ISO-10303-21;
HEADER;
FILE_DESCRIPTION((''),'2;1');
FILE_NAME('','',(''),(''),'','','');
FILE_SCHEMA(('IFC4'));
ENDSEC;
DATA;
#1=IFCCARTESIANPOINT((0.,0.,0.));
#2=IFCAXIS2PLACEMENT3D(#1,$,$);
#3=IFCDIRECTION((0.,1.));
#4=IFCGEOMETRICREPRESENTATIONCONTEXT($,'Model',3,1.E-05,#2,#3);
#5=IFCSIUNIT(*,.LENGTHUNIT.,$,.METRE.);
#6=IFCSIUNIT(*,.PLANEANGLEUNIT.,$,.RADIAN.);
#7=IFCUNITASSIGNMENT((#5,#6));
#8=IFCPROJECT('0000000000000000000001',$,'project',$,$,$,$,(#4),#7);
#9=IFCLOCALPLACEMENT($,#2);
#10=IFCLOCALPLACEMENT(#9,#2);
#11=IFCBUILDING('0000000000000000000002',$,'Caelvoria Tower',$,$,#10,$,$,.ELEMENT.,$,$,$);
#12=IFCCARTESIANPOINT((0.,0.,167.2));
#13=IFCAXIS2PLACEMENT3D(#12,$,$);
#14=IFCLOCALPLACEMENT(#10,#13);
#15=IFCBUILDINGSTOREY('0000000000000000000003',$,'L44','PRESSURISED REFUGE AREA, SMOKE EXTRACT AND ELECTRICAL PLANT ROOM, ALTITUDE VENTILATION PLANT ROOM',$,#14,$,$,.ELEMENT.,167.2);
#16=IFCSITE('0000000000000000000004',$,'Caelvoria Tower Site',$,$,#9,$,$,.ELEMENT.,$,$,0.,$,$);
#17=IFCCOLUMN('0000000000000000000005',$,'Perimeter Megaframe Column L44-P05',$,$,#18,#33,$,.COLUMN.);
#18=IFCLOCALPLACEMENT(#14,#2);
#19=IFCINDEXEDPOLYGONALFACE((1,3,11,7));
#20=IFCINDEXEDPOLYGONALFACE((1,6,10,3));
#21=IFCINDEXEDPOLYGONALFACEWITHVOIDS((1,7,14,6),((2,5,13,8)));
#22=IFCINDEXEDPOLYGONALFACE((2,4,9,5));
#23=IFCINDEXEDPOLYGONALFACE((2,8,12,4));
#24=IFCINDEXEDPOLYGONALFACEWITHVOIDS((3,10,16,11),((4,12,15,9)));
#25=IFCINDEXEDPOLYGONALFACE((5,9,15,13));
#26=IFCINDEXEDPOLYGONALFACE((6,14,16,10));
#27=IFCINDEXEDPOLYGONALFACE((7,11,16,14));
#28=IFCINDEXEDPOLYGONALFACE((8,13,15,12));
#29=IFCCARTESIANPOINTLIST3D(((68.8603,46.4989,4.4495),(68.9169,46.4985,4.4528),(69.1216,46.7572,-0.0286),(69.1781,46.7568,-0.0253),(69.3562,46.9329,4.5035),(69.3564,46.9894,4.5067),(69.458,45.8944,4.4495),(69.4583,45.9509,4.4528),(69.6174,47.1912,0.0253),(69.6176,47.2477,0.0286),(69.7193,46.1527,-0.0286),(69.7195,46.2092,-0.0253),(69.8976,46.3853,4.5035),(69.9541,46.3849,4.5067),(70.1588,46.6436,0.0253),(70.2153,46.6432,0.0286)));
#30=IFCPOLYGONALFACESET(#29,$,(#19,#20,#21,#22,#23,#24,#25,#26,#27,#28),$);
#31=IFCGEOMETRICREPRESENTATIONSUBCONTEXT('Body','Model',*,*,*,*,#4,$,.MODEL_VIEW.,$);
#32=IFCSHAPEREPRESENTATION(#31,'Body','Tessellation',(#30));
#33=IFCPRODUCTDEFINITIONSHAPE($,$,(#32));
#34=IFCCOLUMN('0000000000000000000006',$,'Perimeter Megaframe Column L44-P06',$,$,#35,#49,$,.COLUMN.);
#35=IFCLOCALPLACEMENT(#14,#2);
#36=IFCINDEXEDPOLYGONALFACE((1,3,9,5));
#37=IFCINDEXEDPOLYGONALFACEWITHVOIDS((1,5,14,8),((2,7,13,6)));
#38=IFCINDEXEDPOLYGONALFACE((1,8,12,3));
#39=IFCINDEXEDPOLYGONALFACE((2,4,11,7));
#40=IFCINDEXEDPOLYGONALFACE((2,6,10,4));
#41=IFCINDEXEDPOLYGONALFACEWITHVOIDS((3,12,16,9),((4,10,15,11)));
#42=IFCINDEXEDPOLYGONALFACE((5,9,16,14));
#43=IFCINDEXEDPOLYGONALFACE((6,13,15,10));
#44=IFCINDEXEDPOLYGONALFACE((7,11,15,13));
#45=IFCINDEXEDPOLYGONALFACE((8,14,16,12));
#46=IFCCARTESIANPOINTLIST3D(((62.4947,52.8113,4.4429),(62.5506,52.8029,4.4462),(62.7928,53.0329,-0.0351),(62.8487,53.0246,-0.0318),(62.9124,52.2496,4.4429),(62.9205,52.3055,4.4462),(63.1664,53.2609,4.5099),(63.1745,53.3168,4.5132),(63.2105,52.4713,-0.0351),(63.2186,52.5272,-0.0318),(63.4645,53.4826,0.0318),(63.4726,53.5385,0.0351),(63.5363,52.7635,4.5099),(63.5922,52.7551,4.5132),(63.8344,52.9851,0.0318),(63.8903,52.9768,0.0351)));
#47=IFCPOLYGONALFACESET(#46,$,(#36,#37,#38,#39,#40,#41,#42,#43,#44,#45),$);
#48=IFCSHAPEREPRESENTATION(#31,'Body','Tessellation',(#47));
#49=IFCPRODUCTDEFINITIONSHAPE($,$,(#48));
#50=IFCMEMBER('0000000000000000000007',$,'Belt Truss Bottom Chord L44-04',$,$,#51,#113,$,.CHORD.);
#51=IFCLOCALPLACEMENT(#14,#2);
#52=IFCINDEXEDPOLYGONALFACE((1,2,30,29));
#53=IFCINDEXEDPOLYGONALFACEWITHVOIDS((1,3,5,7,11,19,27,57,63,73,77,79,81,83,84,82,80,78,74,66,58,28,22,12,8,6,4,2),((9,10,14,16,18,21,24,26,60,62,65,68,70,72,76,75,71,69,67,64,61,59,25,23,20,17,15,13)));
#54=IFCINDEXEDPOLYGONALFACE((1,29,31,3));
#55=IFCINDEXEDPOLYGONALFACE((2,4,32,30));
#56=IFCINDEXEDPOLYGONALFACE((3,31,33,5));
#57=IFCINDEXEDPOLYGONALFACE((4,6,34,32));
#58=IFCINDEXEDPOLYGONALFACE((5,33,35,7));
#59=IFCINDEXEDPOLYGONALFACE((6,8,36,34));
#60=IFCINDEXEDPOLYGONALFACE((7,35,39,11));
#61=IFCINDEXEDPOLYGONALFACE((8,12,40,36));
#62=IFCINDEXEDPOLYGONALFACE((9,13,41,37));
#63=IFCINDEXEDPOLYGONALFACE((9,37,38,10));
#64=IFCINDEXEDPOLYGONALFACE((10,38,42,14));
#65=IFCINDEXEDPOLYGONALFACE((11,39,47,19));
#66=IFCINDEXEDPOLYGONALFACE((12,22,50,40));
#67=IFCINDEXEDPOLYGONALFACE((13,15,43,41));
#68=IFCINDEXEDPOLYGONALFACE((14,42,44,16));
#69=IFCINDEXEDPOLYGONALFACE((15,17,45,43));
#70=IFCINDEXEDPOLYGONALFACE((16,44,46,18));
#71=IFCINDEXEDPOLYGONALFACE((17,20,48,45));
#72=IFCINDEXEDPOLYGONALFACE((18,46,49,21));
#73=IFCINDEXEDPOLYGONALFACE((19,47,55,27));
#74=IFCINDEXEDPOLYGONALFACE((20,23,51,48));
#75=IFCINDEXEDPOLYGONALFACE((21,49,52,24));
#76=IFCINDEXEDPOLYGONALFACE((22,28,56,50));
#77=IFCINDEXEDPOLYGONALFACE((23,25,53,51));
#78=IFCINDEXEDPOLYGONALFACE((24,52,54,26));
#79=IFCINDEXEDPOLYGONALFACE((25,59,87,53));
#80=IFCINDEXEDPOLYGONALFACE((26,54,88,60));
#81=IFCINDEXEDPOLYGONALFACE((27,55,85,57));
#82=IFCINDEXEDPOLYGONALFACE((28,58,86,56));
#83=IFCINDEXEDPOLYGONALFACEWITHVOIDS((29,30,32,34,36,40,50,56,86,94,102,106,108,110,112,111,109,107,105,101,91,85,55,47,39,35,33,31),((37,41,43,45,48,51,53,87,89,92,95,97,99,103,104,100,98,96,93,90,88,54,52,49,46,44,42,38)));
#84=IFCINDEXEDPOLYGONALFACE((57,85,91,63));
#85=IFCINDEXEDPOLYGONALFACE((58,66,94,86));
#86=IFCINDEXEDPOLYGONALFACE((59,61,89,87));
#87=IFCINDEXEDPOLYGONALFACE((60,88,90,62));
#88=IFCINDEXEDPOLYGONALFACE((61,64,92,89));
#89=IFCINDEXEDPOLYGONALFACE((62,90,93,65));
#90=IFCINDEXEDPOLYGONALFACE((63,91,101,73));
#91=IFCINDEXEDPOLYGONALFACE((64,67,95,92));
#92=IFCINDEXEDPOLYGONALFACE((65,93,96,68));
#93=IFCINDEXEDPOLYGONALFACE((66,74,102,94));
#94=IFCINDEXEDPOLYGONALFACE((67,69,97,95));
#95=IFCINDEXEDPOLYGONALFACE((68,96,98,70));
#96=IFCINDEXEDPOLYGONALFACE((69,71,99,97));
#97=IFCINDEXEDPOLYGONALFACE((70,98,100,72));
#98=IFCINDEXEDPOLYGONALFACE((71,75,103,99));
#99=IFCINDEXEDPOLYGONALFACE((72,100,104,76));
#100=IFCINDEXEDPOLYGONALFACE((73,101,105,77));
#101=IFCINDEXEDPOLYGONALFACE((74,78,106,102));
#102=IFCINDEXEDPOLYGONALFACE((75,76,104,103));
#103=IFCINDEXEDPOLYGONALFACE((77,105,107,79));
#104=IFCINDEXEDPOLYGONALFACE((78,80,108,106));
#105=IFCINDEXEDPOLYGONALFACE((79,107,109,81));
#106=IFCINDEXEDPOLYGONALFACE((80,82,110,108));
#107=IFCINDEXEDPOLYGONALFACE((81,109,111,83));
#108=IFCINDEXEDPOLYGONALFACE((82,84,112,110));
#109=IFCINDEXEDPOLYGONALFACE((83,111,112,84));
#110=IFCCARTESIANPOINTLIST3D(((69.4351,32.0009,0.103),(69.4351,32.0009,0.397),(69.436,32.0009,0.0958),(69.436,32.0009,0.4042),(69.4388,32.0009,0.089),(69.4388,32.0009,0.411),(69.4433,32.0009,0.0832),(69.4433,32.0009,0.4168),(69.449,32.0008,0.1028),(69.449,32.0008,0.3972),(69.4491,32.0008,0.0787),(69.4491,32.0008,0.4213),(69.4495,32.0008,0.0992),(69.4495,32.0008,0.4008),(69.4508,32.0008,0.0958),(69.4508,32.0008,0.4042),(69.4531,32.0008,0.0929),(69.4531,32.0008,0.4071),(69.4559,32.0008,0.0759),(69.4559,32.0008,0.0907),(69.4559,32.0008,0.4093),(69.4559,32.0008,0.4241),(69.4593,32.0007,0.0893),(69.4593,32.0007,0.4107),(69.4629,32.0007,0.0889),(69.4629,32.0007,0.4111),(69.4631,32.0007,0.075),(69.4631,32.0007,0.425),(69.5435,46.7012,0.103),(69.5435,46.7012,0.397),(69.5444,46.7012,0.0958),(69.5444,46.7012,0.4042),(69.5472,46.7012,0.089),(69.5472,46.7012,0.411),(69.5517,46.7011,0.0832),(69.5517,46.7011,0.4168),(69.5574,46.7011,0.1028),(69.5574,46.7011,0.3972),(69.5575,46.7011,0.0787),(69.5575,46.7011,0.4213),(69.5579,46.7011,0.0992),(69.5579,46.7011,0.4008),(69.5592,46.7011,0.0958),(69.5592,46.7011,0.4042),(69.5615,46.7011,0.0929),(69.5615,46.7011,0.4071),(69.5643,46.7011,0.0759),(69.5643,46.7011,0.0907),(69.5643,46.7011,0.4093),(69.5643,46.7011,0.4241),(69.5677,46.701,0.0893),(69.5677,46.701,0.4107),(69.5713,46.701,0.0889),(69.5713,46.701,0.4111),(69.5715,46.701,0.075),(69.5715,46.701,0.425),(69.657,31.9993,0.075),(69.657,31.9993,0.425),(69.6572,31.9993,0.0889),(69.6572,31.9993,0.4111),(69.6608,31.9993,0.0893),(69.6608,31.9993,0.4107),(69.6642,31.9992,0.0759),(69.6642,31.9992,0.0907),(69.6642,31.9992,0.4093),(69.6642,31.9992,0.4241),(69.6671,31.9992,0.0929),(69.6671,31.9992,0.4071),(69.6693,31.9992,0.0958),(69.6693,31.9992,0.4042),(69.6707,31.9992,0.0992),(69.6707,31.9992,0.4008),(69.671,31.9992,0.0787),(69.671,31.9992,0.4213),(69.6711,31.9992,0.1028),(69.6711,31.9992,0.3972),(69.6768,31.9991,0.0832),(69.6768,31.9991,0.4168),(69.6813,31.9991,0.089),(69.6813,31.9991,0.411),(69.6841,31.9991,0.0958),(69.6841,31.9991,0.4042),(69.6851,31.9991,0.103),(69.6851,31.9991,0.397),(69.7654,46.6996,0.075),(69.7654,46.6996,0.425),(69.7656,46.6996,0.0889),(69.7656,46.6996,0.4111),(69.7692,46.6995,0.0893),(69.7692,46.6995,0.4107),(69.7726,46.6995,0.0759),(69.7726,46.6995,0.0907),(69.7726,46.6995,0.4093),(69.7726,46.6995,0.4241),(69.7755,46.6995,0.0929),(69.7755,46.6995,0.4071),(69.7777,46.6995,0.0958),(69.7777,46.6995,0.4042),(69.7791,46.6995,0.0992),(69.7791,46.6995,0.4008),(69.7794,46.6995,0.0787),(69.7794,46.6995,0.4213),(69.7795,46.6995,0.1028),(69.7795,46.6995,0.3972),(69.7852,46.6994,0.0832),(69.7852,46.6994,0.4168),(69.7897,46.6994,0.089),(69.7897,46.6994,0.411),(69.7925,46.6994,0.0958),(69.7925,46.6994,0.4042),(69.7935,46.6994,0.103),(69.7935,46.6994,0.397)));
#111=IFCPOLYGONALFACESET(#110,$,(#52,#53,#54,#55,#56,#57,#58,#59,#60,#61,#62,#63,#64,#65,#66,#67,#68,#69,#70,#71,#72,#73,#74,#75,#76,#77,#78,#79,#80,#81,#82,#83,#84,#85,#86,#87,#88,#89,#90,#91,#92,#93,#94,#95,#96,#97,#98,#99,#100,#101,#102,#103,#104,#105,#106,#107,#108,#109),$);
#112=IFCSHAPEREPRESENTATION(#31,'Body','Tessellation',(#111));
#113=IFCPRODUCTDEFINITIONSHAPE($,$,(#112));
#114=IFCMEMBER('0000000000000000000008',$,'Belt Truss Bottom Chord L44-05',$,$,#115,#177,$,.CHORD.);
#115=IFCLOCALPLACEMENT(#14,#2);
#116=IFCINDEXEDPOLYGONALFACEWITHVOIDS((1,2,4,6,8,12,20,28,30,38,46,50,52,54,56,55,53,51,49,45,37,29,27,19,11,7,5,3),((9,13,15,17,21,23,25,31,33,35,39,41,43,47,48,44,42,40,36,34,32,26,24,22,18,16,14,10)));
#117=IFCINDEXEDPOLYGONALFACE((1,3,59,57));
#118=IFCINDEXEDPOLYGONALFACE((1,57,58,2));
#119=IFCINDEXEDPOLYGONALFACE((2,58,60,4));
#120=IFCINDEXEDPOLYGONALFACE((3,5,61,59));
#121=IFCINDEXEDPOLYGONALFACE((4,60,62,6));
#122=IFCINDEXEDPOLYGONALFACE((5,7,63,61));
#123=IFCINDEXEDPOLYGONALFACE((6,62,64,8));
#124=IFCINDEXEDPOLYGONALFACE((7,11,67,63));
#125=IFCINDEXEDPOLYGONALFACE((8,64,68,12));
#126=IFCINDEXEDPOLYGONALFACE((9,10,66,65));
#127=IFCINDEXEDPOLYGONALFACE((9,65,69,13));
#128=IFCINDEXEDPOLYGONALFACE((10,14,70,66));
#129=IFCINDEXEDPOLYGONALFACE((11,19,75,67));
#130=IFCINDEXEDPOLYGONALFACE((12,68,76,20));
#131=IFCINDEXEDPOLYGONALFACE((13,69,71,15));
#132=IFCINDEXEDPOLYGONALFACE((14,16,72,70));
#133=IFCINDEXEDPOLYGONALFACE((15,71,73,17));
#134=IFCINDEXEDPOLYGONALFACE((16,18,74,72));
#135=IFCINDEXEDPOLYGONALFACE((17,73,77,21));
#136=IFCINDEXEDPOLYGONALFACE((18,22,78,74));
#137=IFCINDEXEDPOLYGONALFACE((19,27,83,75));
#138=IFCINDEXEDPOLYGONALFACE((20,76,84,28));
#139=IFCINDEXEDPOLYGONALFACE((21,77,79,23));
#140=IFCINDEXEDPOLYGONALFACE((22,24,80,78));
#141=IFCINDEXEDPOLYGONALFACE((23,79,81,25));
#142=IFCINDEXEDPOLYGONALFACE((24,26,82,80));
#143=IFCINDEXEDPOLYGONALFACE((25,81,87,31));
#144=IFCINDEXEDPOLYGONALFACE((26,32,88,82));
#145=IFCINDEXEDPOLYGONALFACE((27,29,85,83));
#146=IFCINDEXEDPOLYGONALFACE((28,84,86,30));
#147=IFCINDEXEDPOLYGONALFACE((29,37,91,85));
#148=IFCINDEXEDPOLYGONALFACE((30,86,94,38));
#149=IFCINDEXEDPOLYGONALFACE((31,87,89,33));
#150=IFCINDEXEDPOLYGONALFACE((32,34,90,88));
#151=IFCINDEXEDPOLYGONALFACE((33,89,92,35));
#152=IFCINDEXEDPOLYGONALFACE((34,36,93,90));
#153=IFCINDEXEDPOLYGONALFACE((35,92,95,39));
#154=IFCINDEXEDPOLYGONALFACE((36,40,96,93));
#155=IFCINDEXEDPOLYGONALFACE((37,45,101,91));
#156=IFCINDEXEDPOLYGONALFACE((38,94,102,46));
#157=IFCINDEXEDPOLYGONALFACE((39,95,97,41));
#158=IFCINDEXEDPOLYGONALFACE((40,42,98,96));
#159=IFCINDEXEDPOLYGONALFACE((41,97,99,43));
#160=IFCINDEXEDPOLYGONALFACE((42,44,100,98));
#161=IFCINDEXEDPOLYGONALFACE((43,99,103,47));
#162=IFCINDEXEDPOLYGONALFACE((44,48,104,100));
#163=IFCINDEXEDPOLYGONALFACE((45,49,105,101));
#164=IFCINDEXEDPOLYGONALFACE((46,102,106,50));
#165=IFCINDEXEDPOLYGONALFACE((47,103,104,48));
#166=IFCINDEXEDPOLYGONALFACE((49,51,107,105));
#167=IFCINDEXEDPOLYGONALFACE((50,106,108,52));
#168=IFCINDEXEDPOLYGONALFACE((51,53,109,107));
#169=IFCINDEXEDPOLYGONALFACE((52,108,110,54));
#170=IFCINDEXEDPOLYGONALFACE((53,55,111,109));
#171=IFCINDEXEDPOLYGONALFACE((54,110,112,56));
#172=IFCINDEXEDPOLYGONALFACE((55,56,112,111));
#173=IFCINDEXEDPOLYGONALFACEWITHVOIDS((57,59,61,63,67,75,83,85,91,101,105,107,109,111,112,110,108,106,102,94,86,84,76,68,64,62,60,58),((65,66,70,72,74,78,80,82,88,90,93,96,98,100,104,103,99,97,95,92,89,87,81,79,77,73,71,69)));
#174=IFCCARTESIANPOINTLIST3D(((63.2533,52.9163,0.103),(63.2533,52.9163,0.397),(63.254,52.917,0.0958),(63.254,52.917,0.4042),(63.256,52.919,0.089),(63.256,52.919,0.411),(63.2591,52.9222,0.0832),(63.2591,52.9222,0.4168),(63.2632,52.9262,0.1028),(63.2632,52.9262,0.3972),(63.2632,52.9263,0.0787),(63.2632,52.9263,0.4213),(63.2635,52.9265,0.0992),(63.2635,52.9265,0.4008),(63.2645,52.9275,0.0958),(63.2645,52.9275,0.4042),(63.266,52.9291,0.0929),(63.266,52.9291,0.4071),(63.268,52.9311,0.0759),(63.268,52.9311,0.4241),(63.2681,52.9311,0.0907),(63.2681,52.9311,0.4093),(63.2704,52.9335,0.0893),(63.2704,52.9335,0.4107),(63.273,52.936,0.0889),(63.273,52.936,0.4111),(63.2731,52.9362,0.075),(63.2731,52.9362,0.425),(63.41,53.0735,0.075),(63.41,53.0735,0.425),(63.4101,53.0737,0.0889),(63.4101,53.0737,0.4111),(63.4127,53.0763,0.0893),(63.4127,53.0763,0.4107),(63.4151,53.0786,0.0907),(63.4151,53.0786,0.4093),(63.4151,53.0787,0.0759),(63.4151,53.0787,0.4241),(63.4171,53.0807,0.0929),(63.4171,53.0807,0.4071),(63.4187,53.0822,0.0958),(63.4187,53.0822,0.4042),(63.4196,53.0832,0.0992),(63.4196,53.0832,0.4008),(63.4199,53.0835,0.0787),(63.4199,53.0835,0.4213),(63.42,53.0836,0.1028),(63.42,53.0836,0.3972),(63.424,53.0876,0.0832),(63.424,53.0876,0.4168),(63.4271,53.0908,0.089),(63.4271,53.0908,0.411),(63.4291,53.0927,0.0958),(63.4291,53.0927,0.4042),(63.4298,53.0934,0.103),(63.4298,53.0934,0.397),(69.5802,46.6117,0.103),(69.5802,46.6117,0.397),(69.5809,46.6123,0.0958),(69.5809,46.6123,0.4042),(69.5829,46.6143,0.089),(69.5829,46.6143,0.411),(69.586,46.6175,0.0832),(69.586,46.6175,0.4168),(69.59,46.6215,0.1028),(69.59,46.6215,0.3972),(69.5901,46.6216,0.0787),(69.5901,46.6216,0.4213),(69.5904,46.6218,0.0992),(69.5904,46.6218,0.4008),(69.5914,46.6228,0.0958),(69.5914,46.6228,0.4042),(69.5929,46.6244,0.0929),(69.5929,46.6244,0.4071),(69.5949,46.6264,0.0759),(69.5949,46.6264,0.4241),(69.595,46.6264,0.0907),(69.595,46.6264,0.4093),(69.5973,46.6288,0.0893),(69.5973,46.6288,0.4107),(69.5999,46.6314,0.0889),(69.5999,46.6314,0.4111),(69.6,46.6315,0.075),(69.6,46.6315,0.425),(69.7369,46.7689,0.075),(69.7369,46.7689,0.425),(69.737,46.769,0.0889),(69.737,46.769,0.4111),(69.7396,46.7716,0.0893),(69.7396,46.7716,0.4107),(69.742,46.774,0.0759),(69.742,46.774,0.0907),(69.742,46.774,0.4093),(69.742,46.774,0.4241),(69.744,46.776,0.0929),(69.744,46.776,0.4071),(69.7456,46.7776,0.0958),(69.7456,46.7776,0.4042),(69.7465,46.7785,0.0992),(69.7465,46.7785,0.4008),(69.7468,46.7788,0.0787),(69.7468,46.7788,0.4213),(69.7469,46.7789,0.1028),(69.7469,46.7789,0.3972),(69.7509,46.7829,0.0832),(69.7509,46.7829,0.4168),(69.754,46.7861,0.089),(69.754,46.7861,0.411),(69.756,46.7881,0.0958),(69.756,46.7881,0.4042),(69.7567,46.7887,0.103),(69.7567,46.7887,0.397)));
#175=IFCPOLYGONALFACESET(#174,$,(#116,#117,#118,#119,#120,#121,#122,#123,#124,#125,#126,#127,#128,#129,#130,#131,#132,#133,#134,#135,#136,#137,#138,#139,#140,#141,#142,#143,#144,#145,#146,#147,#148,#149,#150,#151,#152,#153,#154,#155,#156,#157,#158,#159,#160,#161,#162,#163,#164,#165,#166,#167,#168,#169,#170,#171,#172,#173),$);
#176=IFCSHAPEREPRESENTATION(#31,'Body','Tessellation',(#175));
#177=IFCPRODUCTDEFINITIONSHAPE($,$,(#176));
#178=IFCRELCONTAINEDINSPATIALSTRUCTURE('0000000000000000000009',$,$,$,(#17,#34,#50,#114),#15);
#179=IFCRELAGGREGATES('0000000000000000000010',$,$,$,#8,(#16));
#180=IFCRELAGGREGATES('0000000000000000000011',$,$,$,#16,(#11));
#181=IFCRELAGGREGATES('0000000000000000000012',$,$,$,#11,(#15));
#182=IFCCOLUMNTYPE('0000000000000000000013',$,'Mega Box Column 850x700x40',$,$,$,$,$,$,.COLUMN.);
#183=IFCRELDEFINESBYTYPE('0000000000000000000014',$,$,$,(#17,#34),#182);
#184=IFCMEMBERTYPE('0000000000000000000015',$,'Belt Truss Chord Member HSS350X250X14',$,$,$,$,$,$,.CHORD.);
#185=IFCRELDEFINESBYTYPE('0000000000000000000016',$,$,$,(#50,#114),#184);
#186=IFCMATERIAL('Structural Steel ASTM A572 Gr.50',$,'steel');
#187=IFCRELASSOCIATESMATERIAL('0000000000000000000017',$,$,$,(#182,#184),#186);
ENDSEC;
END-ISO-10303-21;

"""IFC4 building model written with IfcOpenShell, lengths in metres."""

from ifc_helpers import new_model, si_unit, direction, frame, origin, origin_2d, place, context, subcontext, project, spatial, hollow_rectangle, extrude, material, material_profile, profile_set, type_object, element, save


model = new_model("IFC4")

# Units and contexts
model_context = context("Model", 3, precision=1e-05, world=origin(), true_north=direction((0.0, 1.0)))
body_context = subcontext(model_context, "Body", "Model", "MODEL_VIEW")
ifc_project = project(units=[si_unit("LENGTHUNIT", "METRE"), si_unit("PLANEANGLEUNIT", "RADIAN")], contexts=[model_context])

# Site, building, storey
site_placement = place(None, origin())
site = spatial("IfcSite", under=ifc_project, at=site_placement, Name="Caelvoria Tower Site", CompositionType="ELEMENT", RefElevation=0.0)
building_placement = place(site_placement, origin())
building = spatial("IfcBuilding", under=site, at=building_placement, Name="Caelvoria Tower", CompositionType="ELEMENT")
storey_placement = place(building_placement, frame((0.0, 0.0, 167.2)))
storey = spatial("IfcBuildingStorey", under=building, at=storey_placement, Name="L44", Description="PRESSURISED REFUGE AREA, SMOKE EXTRACT AND ELECTRICAL PLANT ROOM, ALTITUDE VENTILATION PLANT ROOM", CompositionType="ELEMENT", Elevation=167.2)

# Columns
ifc_material_1 = material(Name="Structural Steel ASTM A572 Gr.50", Category="steel")
ifc_material_profile_1 = material_profile(ifc_material_1, hollow_rectangle(XDim=0.7, YDim=0.8501, WallThickness=0.04, at=origin_2d()), Name="Structural Steel ASTM A572 Gr.50")
ifc_profile_set_1 = profile_set([ifc_material_profile_1], Name="BOX850X700X40 - Structural Steel ASTM A572 Gr.50")
column_type = type_object("IfcColumnType", Name="Mega Box Column 850x700x40", PredefinedType="COLUMN", material=ifc_profile_set_1)
column_1_placement = place(storey_placement, frame((69.6685, 46.7002, 0.0), z_axis=(-0.058141, -0.057489, 0.996652), x_axis=(0.708702, 0.700754, 0.081764)))
element("IfcColumn", 1, at=column_1_placement, inside=storey, type_object=column_type, Name="Perimeter Megaframe Column L44-P05", PredefinedType="COLUMN", context=body_context, shape_type="SweptSolid", body=[
    extrude(hollow_rectangle(XDim=0.7, YDim=0.8501, WallThickness=0.04, at=origin_2d()), origin(), (0.0, 0.0, 1.0), 4.4932),
])
column_2_placement = place(storey_placement, frame((63.3416, 53.0049, 0.0), z_axis=(-0.066341, -0.049334, 0.996577), x_axis=(0.596735, -0.802438, 0.0)))
element("IfcColumn", 2, at=column_2_placement, inside=storey, type_object=column_type, Name="Perimeter Megaframe Column L44-P06", PredefinedType="COLUMN", context=body_context, shape_type="SweptSolid", body=[
    extrude(hollow_rectangle(XDim=0.7, YDim=0.8501, WallThickness=0.04, at=origin_2d()), origin(), (0.0, 0.0, 1.0), 4.4934),
])

# Members
ifc_material_profile_2 = material_profile(ifc_material_1, hollow_rectangle(XDim=0.25, YDim=0.3501, WallThickness=0.0139, InnerFilletRadius=0.0139, OuterFilletRadius=0.0281, at=origin_2d()), Name="Structural Steel ASTM A572 Gr.50")
ifc_profile_set_2 = profile_set([ifc_material_profile_2], Name="HSS350X250X14 - Structural Steel ASTM A572 Gr.50")
member_type_1 = type_object("IfcMemberType", Name="Belt Truss Chord Member HSS350X250X14", PredefinedType="CHORD", material=ifc_profile_set_2)
member_1_placement = place(storey_placement, frame((69.5601, 32.0, 0.25), z_axis=(0.007374, 0.999973, 0.0), x_axis=(-0.999973, 0.007374, 0.0)))
element("IfcMember", 3, at=member_1_placement, inside=storey, type_object=member_type_1, Name="Belt Truss Bottom Chord L44-04", PredefinedType="CHORD", context=body_context, shape_type="SweptSolid", body=[
    extrude(hollow_rectangle(XDim=0.25, YDim=0.3501, WallThickness=0.0139, InnerFilletRadius=0.0139, OuterFilletRadius=0.0281, at=origin_2d()), origin(), (0.0, 0.0, 1.0), 14.7007),
])
member_2_placement = place(storey_placement, frame((69.6685, 46.7002, 0.25), z_axis=(-0.708349, 0.705862, 0.0), x_axis=(-0.705862, -0.708349, 0.0)))
element("IfcMember", 4, at=member_2_placement, inside=storey, type_object=member_type_1, Name="Belt Truss Bottom Chord L44-05", PredefinedType="CHORD", context=body_context, shape_type="SweptSolid", body=[
    extrude(hollow_rectangle(XDim=0.25, YDim=0.3501, WallThickness=0.0139, InnerFilletRadius=0.0139, OuterFilletRadius=0.0281, at=origin_2d()), origin(), (0.0, 0.0, 1.0), 8.9319),
])

save(model, "model.ifc")
